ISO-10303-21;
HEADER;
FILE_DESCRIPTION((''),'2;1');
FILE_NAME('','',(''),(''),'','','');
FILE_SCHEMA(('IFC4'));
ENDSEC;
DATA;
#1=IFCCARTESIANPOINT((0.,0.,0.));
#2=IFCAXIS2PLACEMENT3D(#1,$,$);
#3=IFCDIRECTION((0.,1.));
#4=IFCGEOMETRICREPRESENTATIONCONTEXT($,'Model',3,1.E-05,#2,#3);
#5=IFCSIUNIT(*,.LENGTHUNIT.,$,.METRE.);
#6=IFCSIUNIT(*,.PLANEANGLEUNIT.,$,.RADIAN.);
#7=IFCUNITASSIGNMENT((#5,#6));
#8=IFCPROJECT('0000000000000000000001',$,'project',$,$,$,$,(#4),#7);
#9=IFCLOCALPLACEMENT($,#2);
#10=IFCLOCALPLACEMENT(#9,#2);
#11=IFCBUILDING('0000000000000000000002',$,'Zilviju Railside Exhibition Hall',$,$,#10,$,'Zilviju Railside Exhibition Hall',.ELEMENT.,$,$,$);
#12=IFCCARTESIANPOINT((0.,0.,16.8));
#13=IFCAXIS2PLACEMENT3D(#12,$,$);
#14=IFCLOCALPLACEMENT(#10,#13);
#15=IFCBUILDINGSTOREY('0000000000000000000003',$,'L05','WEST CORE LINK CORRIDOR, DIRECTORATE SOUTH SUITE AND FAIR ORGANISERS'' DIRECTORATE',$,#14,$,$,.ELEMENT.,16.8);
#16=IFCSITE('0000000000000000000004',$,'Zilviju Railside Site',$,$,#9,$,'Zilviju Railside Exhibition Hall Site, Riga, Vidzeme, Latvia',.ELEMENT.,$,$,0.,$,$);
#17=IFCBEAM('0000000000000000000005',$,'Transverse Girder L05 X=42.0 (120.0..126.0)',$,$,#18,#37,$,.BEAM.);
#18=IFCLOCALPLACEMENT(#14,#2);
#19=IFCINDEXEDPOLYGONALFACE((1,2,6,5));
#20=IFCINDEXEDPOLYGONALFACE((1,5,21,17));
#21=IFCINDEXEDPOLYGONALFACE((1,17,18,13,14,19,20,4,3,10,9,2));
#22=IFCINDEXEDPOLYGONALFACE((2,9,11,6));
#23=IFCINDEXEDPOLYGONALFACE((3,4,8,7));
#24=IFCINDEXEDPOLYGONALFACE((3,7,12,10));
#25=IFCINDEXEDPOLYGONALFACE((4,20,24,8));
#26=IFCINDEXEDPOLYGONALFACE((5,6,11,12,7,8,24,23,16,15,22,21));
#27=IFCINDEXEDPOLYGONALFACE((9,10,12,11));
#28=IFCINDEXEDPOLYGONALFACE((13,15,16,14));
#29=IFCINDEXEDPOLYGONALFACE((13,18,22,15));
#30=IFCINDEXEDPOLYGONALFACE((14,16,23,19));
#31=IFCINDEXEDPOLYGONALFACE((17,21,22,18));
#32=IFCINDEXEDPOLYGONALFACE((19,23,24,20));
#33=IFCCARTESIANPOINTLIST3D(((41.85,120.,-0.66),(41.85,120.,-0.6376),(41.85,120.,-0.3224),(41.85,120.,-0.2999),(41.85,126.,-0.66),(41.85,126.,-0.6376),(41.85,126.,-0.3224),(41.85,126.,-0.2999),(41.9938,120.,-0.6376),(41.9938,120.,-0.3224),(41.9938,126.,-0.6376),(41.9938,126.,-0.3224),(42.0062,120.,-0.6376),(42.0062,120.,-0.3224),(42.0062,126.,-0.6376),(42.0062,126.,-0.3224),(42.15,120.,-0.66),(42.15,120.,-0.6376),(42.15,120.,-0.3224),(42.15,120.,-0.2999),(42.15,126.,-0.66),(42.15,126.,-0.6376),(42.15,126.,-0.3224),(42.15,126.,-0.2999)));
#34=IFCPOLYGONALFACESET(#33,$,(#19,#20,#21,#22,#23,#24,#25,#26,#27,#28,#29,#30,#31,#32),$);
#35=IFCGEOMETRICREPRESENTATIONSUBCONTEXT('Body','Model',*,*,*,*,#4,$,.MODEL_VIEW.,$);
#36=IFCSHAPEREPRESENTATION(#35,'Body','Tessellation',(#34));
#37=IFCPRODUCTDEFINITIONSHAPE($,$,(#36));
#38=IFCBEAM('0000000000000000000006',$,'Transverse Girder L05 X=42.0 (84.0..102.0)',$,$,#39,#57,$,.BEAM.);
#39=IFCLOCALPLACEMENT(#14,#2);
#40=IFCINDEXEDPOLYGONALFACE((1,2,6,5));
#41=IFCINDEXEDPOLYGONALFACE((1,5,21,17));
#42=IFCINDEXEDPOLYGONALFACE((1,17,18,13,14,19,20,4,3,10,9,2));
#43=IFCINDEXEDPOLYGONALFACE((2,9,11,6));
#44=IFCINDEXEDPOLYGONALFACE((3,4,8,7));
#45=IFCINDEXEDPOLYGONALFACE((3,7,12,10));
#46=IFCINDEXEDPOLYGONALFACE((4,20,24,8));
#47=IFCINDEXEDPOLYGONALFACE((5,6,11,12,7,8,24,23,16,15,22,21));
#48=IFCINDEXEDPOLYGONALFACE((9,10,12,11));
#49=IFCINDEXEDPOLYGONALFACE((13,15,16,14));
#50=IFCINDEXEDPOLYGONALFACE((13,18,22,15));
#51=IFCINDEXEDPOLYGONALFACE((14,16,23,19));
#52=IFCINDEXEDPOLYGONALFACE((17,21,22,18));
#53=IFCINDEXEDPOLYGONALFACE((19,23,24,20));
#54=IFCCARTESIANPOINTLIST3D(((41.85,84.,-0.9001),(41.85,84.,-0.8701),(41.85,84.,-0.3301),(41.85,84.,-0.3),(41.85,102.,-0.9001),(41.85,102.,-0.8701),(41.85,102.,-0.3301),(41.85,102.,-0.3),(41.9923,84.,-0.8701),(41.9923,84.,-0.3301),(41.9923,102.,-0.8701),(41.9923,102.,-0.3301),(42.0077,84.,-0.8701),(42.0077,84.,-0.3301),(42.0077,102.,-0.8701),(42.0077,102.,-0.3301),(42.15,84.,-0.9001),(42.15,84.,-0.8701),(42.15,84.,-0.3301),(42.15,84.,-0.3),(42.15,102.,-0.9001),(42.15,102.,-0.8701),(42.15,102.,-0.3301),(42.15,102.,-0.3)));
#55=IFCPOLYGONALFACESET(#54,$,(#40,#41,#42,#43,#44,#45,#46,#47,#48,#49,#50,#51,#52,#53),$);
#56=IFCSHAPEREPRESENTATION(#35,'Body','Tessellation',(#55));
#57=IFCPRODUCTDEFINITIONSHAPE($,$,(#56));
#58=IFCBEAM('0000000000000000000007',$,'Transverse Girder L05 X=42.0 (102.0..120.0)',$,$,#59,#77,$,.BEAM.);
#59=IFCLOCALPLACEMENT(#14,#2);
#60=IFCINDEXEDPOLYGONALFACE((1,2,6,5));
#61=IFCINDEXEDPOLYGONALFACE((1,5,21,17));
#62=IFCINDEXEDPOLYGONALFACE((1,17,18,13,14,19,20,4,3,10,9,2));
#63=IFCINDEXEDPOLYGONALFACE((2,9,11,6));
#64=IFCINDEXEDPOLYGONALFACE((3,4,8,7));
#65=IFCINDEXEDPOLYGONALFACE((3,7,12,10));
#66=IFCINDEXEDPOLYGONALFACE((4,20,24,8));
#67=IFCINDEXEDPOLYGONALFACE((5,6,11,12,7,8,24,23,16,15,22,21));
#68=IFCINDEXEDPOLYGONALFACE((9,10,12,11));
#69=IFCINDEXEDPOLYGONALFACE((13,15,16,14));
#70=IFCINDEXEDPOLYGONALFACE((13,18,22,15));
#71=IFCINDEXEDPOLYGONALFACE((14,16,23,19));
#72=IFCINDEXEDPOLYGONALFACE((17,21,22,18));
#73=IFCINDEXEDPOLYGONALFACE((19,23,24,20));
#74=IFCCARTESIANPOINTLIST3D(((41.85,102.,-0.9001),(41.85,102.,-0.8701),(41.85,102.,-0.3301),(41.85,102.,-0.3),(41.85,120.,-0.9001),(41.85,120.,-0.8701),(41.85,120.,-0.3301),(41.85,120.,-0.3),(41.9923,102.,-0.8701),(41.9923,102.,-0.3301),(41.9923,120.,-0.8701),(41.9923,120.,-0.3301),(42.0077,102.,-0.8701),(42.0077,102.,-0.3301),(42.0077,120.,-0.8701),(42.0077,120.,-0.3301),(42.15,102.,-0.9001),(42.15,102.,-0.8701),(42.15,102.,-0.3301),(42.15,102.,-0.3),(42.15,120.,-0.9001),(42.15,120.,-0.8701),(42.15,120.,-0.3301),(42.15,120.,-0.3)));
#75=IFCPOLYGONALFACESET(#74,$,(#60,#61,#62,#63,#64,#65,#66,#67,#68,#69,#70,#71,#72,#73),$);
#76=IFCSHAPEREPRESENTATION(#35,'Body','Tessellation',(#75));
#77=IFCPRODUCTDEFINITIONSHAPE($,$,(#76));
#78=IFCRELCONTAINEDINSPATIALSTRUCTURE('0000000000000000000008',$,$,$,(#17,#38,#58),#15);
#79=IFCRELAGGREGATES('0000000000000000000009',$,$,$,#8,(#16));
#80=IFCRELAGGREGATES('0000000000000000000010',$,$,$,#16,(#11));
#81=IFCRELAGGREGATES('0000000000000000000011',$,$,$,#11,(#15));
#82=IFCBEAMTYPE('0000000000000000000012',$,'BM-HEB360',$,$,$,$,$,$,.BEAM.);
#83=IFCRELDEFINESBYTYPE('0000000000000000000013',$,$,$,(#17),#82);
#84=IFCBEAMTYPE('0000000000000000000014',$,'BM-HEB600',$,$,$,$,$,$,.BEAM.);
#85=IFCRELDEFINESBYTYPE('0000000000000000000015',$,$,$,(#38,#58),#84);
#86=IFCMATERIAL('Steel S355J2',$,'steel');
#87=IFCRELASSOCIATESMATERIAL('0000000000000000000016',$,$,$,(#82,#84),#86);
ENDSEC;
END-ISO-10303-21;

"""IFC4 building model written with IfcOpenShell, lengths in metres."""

from ifc_helpers import new_model, si_unit, direction, frame, origin, origin_2d, place, context, subcontext, project, spatial, i_section, extrude, material, material_profile, profile_set, type_object, element, save


model = new_model("IFC4")

# Units and contexts
model_context = context("Model", 3, precision=1e-05, world=origin(), true_north=direction((0.0, 1.0)))
body_context = subcontext(model_context, "Body", "Model", "MODEL_VIEW")
ifc_project = project(units=[si_unit("LENGTHUNIT", "METRE"), si_unit("PLANEANGLEUNIT", "RADIAN")], contexts=[model_context])

# Site, building, storey
site_placement = place(None, origin())
site = spatial("IfcSite", under=ifc_project, at=site_placement, Name="Zilviju Railside Site", LongName="Zilviju Railside Exhibition Hall Site, Riga, Vidzeme, Latvia", CompositionType="ELEMENT", RefElevation=0.0)
building_placement = place(site_placement, origin())
building = spatial("IfcBuilding", under=site, at=building_placement, Name="Zilviju Railside Exhibition Hall", LongName="Zilviju Railside Exhibition Hall", CompositionType="ELEMENT")
storey_placement = place(building_placement, frame((0.0, 0.0, 16.8)))
storey = spatial("IfcBuildingStorey", under=building, at=storey_placement, Name="L05", Description="WEST CORE LINK CORRIDOR, DIRECTORATE SOUTH SUITE AND FAIR ORGANISERS' DIRECTORATE", CompositionType="ELEMENT", Elevation=16.8)

# Beams
ifc_material = material(Name="Steel S355J2", Category="steel")
ifc_material_profile_1 = material_profile(ifc_material, i_section(OverallWidth=0.3, OverallDepth=0.3601, WebThickness=0.0125, FlangeThickness=0.0225, at=origin_2d()), Name="HEB 360")
ifc_profile_set_1 = profile_set([ifc_material_profile_1], Name="Steel S355J2")
beam_type_1 = type_object("IfcBeamType", Name="BM-HEB360", PredefinedType="BEAM", material=ifc_profile_set_1)
beam_1_placement = place(storey_placement, frame((42.0, 120.0, -0.48), z_axis=(0.0, 1.0, 0.0), x_axis=(-1.0, 0.0, 0.0)))
element("IfcBeam", 1, at=beam_1_placement, inside=storey, type_object=beam_type_1, Name="Transverse Girder L05 X=42.0 (120.0..126.0)", PredefinedType="BEAM", context=body_context, shape_type="SweptSolid", body=[
    extrude(i_section(OverallWidth=0.3, OverallDepth=0.3601, WebThickness=0.0125, FlangeThickness=0.0225, at=origin_2d()), origin(), (0.0, 0.0, 1.0), 6.0),
])
ifc_material_profile_2 = material_profile(ifc_material, i_section(OverallWidth=0.3, OverallDepth=0.6001, WebThickness=0.0154, FlangeThickness=0.03, at=origin_2d()), Name="HEB 600")
ifc_profile_set_2 = profile_set([ifc_material_profile_2], Name="Steel S355J2")
beam_type_2 = type_object("IfcBeamType", Name="BM-HEB600", PredefinedType="BEAM", material=ifc_profile_set_2)
for number, where, z_axis, x_axis, name in (
    (2, (42.0, 84.0, -0.6001), (0.0, 1.0, 0.0), (-1.0, 0.0, 0.0), "Transverse Girder L05 X=42.0 (84.0..102.0)"),
    (3, (42.0, 102.0, -0.6001), (0.0, 1.0, 0.0), (-1.0, 0.0, 0.0), "Transverse Girder L05 X=42.0 (102.0..120.0)"),
):
    element("IfcBeam", number, at=place(storey_placement, frame(where, z_axis=z_axis, x_axis=x_axis)), inside=storey, type_object=beam_type_2, Name=name, PredefinedType="BEAM", context=body_context, shape_type="SweptSolid", body=[
        extrude(i_section(OverallWidth=0.3, OverallDepth=0.6001, WebThickness=0.0154, FlangeThickness=0.03, at=origin_2d()), origin(), (0.0, 0.0, 1.0), 18.0),
    ])

save(model, "model.ifc")
